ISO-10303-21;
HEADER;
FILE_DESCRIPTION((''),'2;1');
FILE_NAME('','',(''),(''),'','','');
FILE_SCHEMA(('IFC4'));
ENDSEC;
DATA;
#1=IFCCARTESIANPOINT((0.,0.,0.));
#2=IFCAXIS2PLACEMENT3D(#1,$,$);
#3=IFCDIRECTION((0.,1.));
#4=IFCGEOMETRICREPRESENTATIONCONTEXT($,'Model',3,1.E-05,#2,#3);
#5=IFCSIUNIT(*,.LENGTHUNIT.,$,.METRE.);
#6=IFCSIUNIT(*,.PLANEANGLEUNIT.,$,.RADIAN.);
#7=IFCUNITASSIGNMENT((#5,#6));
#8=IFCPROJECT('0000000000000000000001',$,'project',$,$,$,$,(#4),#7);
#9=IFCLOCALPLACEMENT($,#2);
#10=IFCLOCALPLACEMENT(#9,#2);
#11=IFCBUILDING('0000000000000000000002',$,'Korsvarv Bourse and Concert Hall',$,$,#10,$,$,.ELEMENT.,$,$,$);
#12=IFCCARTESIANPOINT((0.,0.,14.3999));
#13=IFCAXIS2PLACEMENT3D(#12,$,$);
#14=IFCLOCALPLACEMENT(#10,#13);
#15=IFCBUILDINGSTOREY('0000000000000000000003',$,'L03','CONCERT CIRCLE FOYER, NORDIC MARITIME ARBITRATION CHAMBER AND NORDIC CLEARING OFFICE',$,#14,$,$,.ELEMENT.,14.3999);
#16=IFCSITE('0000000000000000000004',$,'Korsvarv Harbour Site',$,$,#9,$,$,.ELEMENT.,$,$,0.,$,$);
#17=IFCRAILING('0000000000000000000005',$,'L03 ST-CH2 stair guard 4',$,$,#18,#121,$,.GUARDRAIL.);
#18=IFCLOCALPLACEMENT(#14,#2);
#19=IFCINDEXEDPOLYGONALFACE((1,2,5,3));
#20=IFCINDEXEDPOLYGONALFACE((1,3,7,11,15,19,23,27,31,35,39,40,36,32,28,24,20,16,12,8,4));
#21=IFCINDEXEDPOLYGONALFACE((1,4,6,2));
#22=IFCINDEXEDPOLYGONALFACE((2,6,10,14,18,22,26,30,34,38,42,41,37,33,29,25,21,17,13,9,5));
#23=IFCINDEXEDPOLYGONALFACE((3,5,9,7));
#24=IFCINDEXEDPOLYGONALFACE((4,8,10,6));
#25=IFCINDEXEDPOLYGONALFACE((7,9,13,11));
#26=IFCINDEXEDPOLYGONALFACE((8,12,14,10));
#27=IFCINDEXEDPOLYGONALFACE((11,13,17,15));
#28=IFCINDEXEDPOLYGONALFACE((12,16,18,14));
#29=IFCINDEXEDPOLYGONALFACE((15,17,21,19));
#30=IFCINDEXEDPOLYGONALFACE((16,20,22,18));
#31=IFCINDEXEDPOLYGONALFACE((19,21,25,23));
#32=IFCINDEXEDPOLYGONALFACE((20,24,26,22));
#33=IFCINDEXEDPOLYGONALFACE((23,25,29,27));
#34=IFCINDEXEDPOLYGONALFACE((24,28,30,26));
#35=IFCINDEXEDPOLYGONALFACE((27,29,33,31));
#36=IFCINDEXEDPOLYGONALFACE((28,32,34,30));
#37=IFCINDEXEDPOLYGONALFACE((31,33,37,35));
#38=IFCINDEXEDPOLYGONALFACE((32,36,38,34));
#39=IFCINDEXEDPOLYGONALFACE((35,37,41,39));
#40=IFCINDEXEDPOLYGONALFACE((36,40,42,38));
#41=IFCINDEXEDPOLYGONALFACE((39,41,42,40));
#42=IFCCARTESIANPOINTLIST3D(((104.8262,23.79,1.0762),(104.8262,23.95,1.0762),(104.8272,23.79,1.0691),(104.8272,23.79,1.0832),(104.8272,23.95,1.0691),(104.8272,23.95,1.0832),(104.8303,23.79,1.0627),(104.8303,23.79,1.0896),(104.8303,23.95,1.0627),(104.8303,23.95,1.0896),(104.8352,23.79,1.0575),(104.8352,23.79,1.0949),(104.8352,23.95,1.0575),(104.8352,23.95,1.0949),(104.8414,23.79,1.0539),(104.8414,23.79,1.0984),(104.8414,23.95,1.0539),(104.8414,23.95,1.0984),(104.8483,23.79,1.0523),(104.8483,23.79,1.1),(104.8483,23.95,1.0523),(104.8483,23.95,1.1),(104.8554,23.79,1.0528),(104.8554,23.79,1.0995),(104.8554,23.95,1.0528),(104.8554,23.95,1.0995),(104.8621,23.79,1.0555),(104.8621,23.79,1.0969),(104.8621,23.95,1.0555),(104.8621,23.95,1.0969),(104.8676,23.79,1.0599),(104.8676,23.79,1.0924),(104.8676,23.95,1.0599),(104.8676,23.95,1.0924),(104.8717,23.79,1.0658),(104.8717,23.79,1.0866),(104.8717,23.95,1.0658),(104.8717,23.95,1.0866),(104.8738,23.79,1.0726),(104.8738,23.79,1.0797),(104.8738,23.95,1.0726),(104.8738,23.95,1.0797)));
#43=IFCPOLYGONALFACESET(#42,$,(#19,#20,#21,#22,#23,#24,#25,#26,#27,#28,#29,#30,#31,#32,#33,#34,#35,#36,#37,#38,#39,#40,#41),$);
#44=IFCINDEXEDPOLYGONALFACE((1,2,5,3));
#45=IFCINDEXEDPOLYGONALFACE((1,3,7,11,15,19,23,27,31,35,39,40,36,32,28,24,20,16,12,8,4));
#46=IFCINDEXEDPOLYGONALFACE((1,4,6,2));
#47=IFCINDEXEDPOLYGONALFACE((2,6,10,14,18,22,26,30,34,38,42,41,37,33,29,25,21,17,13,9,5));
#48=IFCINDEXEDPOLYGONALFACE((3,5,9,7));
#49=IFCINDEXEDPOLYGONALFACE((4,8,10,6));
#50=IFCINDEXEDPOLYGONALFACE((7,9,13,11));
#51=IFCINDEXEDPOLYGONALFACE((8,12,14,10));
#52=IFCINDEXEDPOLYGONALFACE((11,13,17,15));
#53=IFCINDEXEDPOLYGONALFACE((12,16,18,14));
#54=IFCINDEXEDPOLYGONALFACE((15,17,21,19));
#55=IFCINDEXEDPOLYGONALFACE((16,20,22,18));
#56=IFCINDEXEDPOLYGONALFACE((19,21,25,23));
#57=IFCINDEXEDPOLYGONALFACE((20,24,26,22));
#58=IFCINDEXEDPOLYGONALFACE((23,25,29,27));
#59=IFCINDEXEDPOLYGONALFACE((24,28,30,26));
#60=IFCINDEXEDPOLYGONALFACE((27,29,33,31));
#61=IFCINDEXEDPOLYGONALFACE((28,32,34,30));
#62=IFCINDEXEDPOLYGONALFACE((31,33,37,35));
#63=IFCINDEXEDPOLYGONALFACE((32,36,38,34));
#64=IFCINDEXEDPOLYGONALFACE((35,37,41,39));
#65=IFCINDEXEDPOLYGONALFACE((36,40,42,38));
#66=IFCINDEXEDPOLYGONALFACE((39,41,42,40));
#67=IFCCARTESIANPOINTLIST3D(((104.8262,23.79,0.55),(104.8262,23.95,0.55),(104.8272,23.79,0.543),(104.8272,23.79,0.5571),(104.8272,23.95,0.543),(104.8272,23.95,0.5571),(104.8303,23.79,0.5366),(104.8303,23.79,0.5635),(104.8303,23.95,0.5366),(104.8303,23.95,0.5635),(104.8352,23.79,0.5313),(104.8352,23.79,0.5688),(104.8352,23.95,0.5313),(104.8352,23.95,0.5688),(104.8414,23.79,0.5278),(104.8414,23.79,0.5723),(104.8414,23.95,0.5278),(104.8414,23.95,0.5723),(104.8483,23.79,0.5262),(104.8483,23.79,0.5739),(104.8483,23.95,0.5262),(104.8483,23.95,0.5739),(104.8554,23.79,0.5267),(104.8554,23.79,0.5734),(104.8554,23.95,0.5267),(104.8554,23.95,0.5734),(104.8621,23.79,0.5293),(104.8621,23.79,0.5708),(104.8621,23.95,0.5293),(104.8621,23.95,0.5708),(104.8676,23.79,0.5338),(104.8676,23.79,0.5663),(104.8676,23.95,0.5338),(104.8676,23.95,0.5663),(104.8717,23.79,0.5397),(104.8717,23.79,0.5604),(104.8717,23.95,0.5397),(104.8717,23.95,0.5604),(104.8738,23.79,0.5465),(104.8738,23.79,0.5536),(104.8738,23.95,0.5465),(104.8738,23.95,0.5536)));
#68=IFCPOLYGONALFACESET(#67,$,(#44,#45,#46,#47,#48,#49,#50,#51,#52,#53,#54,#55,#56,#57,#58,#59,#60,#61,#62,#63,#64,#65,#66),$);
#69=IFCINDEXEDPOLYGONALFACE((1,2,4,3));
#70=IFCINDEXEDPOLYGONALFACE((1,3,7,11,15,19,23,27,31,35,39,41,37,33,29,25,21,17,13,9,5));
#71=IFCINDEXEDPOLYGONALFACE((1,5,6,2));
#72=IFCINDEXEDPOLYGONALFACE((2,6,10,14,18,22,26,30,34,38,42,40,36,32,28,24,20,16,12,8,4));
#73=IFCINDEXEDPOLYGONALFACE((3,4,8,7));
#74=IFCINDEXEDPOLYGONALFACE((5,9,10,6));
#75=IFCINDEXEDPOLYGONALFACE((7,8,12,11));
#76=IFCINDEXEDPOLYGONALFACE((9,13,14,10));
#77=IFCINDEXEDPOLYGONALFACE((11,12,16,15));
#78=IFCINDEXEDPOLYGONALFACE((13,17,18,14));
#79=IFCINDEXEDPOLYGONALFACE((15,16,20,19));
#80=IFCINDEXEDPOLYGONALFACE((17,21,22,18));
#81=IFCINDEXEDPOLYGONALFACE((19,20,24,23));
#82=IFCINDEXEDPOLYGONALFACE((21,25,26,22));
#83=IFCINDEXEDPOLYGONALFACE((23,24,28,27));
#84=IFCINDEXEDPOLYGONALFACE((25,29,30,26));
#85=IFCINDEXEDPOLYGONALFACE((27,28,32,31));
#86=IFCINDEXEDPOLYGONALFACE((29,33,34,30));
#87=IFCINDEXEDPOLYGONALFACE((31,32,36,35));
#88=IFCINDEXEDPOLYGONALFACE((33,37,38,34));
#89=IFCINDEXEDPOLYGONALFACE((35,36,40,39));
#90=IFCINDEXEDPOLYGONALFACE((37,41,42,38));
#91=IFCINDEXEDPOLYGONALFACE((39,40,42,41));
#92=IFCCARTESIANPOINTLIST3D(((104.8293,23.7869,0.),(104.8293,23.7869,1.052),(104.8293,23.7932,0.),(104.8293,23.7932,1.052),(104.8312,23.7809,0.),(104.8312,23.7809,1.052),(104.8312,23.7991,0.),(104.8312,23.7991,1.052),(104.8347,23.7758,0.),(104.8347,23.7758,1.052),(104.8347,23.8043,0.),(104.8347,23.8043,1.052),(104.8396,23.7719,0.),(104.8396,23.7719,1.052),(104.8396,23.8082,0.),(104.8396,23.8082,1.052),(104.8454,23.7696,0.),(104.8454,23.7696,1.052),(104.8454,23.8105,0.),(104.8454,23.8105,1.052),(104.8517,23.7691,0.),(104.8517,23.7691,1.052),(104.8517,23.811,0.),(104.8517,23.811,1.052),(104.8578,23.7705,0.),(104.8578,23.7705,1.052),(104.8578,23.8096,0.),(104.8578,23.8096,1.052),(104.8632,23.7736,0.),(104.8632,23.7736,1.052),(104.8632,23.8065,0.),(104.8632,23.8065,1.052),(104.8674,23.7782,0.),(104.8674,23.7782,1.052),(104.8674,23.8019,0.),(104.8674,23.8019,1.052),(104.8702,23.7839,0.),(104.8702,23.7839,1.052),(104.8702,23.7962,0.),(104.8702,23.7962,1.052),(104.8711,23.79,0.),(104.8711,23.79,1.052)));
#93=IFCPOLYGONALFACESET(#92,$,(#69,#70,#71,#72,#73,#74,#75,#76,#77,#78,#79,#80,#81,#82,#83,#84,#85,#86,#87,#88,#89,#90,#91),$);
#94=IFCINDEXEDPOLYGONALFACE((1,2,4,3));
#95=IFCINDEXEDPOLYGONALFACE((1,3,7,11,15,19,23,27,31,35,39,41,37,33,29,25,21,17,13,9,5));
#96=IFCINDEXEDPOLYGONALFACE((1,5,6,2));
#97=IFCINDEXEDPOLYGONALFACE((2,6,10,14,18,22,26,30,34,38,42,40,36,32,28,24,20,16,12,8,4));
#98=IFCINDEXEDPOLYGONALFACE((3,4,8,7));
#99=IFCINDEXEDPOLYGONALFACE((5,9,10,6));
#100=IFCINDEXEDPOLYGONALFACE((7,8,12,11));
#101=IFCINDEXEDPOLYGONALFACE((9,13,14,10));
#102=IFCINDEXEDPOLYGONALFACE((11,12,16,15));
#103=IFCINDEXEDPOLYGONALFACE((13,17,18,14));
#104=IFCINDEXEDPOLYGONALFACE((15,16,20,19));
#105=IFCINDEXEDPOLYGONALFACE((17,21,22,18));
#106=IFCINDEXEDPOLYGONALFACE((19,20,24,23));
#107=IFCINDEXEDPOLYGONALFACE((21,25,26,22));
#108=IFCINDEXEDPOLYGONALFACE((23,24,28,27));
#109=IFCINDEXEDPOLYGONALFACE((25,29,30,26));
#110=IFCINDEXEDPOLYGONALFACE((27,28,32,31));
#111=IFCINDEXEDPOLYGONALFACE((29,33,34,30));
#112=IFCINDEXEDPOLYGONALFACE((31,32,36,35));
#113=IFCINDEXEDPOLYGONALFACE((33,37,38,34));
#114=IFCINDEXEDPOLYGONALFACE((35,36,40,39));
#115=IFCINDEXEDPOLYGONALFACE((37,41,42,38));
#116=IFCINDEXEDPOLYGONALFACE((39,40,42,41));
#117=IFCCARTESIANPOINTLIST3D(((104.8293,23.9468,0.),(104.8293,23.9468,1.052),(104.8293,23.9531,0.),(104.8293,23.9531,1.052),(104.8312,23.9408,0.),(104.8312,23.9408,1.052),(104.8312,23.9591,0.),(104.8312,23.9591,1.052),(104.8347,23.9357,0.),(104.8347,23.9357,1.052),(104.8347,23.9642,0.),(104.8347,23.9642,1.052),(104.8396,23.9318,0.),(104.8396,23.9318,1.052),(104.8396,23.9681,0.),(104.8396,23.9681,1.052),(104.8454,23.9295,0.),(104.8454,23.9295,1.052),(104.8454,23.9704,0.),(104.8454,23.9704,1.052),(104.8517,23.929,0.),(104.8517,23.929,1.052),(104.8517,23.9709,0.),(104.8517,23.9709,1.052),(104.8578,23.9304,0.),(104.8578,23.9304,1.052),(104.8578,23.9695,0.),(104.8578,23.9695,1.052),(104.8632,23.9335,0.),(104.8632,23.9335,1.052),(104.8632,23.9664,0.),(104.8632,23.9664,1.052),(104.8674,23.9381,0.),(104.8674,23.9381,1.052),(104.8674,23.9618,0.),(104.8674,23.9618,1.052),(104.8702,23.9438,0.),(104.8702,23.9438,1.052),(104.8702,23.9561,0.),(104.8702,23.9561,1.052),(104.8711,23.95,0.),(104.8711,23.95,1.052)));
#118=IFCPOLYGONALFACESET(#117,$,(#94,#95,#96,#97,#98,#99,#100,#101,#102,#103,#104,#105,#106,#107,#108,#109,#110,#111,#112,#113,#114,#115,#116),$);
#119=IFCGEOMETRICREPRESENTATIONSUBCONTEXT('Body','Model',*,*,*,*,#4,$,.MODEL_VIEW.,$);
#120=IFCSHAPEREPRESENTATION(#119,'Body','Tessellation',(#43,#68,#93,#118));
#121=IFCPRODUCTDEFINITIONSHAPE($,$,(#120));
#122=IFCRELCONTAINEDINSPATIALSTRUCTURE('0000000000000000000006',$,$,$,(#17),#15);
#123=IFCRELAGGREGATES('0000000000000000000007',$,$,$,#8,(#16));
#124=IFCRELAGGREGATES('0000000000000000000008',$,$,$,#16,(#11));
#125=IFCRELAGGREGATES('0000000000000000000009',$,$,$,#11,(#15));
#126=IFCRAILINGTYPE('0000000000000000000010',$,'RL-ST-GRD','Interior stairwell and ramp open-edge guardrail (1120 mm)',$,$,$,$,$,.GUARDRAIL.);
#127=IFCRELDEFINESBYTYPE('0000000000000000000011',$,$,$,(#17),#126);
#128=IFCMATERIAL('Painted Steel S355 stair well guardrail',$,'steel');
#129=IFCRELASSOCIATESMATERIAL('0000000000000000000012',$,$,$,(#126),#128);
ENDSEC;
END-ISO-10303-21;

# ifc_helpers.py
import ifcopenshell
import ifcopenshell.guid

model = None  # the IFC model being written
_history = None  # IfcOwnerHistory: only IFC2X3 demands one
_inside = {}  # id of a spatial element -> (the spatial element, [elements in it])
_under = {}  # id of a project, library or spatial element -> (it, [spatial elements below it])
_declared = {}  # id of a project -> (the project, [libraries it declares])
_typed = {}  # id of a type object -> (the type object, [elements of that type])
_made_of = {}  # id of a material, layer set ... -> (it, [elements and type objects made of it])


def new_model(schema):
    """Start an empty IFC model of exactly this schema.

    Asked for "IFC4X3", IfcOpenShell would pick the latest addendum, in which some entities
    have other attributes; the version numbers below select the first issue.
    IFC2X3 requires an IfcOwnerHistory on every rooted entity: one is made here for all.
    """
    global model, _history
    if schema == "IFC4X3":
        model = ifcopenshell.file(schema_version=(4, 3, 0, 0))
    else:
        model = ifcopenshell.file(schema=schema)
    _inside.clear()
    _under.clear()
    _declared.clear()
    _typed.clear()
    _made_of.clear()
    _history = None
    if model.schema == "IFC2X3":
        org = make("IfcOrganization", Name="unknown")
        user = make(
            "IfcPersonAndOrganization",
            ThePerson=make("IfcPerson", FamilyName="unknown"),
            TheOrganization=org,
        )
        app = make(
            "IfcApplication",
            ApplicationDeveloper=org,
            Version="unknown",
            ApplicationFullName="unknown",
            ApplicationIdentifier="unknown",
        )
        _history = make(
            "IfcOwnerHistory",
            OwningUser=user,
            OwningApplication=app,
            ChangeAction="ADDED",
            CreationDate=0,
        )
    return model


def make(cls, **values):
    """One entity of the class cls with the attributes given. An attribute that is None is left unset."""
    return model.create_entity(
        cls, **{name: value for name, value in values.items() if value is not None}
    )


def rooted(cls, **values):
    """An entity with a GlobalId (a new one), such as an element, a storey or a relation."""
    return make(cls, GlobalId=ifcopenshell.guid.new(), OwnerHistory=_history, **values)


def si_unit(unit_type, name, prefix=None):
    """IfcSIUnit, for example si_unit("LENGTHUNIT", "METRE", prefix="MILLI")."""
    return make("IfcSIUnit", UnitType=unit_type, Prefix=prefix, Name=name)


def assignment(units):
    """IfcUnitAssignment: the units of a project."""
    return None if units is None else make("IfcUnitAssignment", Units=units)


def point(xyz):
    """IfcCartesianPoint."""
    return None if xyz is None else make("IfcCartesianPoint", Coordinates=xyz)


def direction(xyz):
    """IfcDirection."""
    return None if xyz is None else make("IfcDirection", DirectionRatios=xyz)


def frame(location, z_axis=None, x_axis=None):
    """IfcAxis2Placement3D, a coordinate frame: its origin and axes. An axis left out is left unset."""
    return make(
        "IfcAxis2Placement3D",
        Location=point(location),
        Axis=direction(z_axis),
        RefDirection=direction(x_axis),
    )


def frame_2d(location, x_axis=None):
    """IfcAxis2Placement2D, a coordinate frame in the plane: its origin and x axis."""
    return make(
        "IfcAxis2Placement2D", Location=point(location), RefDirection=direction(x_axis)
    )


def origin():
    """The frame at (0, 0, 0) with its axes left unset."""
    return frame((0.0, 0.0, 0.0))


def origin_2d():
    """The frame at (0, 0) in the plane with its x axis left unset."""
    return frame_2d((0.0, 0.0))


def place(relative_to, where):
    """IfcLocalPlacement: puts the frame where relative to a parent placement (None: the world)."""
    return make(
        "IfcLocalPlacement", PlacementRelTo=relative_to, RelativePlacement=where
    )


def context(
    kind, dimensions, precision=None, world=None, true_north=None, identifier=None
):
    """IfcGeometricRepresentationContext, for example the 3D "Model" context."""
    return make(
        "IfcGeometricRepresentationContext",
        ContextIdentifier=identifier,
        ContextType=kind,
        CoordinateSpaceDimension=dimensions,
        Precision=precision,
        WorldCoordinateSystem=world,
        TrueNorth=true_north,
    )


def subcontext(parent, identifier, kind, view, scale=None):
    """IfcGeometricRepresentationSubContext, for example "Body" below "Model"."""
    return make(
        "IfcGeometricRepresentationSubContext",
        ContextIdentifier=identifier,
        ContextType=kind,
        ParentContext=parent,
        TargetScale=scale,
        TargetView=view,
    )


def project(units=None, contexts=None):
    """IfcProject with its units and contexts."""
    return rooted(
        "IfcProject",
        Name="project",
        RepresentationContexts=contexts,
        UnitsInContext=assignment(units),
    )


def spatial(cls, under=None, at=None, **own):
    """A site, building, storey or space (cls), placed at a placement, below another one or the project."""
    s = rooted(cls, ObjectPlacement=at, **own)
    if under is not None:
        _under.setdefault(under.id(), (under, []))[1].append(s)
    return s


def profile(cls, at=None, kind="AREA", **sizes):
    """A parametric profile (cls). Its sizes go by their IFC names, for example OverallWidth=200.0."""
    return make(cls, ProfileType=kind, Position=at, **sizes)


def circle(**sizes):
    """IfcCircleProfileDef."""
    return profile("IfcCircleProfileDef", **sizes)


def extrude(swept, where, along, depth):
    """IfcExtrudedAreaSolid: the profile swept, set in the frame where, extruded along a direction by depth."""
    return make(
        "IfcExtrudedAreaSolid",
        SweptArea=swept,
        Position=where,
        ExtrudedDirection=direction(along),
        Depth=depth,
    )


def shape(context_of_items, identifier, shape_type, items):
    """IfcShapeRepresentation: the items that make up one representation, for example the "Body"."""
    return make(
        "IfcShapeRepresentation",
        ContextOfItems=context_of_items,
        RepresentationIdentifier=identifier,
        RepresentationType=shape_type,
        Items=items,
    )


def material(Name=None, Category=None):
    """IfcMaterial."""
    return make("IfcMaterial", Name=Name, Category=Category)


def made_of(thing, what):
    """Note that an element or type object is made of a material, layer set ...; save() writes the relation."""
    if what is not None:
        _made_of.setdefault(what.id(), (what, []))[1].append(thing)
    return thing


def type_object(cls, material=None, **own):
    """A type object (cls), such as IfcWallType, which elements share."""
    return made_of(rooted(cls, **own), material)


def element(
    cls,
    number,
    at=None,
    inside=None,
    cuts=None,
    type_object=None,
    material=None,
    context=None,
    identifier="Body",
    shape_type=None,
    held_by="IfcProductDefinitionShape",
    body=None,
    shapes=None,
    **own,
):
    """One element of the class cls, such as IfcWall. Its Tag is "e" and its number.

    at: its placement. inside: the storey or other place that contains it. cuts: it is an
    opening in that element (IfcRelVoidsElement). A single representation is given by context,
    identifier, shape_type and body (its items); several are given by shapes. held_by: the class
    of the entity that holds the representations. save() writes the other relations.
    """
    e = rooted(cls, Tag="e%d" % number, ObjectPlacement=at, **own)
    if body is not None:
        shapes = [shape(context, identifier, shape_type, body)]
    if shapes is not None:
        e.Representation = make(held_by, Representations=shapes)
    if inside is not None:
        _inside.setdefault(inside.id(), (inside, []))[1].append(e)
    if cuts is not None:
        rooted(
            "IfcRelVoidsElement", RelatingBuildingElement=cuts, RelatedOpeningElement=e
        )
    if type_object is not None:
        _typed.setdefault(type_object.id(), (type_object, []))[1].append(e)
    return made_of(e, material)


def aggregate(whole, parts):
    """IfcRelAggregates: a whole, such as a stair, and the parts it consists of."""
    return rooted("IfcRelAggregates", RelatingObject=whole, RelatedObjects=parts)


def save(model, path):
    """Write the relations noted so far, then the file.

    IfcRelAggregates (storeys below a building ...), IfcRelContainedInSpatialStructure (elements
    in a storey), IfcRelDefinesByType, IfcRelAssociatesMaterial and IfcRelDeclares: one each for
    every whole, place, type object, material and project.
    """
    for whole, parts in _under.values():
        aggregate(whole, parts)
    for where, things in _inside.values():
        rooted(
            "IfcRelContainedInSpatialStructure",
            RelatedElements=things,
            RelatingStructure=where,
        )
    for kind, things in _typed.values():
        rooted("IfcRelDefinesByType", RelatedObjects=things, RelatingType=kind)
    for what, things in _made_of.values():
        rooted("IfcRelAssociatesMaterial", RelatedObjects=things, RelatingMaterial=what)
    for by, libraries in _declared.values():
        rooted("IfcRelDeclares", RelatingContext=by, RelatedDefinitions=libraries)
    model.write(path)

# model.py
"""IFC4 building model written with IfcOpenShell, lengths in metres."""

from ifc_helpers import new_model, si_unit, direction, frame, origin, origin_2d, place, context, subcontext, project, spatial, circle, extrude, material, type_object, element, save


model = new_model("IFC4")

# Units and contexts
model_context = context("Model", 3, precision=1e-05, world=origin(), true_north=direction((0.0, 1.0)))
body_context = subcontext(model_context, "Body", "Model", "MODEL_VIEW")
ifc_project = project(units=[si_unit("LENGTHUNIT", "METRE"), si_unit("PLANEANGLEUNIT", "RADIAN")], contexts=[model_context])

# Site, building, storey
site_placement = place(None, origin())
site = spatial("IfcSite", under=ifc_project, at=site_placement, Name="Korsvarv Harbour Site", CompositionType="ELEMENT", RefElevation=0.0)
building_placement = place(site_placement, origin())
building = spatial("IfcBuilding", under=site, at=building_placement, Name="Korsvarv Bourse and Concert Hall", CompositionType="ELEMENT")
storey_placement = place(building_placement, frame((0.0, 0.0, 14.3999)))
storey = spatial("IfcBuildingStorey", under=building, at=storey_placement, Name="L03", Description="CONCERT CIRCLE FOYER, NORDIC MARITIME ARBITRATION CHAMBER AND NORDIC CLEARING OFFICE", CompositionType="ELEMENT", Elevation=14.3999)

# Railing
ifc_material_1 = material(Name="Painted Steel S355 stair well guardrail", Category="steel")
railing_type_1 = type_object("IfcRailingType", Name="RL-ST-GRD", Description="Interior stairwell and ramp open-edge guardrail (1120 mm)", PredefinedType="GUARDRAIL", material=ifc_material_1)
railing_1_placement = place(storey_placement, frame((104.8501, 23.79, 0.0)))
element("IfcRailing", 1, at=railing_1_placement, inside=storey, type_object=railing_type_1, Name="L03 ST-CH2 stair guard 4", PredefinedType="GUARDRAIL", context=body_context, shape_type="SweptSolid", body=[
    extrude(circle(Radius=0.0239, at=origin_2d()), frame((0.0, 0.0, 1.0762), z_axis=(0.0, 1.0, 0.0), x_axis=(-1.0, 0.0, 0.0)), (0.0, 0.0, 1.0), 0.1599),
    extrude(circle(Radius=0.0239, at=origin_2d()), frame((0.0, 0.0, 0.55), z_axis=(0.0, 1.0, 0.0), x_axis=(-1.0, 0.0, 0.0)), (0.0, 0.0, 1.0), 0.1599),
    extrude(circle(Radius=0.021, at=origin_2d()), origin(), (0.0, 0.0, 1.0), 1.052),
    extrude(circle(Radius=0.021, at=origin_2d()), frame((0.0, 0.1599, 0.0)), (0.0, 0.0, 1.0), 1.052),
])

save(model, "model.ifc")
